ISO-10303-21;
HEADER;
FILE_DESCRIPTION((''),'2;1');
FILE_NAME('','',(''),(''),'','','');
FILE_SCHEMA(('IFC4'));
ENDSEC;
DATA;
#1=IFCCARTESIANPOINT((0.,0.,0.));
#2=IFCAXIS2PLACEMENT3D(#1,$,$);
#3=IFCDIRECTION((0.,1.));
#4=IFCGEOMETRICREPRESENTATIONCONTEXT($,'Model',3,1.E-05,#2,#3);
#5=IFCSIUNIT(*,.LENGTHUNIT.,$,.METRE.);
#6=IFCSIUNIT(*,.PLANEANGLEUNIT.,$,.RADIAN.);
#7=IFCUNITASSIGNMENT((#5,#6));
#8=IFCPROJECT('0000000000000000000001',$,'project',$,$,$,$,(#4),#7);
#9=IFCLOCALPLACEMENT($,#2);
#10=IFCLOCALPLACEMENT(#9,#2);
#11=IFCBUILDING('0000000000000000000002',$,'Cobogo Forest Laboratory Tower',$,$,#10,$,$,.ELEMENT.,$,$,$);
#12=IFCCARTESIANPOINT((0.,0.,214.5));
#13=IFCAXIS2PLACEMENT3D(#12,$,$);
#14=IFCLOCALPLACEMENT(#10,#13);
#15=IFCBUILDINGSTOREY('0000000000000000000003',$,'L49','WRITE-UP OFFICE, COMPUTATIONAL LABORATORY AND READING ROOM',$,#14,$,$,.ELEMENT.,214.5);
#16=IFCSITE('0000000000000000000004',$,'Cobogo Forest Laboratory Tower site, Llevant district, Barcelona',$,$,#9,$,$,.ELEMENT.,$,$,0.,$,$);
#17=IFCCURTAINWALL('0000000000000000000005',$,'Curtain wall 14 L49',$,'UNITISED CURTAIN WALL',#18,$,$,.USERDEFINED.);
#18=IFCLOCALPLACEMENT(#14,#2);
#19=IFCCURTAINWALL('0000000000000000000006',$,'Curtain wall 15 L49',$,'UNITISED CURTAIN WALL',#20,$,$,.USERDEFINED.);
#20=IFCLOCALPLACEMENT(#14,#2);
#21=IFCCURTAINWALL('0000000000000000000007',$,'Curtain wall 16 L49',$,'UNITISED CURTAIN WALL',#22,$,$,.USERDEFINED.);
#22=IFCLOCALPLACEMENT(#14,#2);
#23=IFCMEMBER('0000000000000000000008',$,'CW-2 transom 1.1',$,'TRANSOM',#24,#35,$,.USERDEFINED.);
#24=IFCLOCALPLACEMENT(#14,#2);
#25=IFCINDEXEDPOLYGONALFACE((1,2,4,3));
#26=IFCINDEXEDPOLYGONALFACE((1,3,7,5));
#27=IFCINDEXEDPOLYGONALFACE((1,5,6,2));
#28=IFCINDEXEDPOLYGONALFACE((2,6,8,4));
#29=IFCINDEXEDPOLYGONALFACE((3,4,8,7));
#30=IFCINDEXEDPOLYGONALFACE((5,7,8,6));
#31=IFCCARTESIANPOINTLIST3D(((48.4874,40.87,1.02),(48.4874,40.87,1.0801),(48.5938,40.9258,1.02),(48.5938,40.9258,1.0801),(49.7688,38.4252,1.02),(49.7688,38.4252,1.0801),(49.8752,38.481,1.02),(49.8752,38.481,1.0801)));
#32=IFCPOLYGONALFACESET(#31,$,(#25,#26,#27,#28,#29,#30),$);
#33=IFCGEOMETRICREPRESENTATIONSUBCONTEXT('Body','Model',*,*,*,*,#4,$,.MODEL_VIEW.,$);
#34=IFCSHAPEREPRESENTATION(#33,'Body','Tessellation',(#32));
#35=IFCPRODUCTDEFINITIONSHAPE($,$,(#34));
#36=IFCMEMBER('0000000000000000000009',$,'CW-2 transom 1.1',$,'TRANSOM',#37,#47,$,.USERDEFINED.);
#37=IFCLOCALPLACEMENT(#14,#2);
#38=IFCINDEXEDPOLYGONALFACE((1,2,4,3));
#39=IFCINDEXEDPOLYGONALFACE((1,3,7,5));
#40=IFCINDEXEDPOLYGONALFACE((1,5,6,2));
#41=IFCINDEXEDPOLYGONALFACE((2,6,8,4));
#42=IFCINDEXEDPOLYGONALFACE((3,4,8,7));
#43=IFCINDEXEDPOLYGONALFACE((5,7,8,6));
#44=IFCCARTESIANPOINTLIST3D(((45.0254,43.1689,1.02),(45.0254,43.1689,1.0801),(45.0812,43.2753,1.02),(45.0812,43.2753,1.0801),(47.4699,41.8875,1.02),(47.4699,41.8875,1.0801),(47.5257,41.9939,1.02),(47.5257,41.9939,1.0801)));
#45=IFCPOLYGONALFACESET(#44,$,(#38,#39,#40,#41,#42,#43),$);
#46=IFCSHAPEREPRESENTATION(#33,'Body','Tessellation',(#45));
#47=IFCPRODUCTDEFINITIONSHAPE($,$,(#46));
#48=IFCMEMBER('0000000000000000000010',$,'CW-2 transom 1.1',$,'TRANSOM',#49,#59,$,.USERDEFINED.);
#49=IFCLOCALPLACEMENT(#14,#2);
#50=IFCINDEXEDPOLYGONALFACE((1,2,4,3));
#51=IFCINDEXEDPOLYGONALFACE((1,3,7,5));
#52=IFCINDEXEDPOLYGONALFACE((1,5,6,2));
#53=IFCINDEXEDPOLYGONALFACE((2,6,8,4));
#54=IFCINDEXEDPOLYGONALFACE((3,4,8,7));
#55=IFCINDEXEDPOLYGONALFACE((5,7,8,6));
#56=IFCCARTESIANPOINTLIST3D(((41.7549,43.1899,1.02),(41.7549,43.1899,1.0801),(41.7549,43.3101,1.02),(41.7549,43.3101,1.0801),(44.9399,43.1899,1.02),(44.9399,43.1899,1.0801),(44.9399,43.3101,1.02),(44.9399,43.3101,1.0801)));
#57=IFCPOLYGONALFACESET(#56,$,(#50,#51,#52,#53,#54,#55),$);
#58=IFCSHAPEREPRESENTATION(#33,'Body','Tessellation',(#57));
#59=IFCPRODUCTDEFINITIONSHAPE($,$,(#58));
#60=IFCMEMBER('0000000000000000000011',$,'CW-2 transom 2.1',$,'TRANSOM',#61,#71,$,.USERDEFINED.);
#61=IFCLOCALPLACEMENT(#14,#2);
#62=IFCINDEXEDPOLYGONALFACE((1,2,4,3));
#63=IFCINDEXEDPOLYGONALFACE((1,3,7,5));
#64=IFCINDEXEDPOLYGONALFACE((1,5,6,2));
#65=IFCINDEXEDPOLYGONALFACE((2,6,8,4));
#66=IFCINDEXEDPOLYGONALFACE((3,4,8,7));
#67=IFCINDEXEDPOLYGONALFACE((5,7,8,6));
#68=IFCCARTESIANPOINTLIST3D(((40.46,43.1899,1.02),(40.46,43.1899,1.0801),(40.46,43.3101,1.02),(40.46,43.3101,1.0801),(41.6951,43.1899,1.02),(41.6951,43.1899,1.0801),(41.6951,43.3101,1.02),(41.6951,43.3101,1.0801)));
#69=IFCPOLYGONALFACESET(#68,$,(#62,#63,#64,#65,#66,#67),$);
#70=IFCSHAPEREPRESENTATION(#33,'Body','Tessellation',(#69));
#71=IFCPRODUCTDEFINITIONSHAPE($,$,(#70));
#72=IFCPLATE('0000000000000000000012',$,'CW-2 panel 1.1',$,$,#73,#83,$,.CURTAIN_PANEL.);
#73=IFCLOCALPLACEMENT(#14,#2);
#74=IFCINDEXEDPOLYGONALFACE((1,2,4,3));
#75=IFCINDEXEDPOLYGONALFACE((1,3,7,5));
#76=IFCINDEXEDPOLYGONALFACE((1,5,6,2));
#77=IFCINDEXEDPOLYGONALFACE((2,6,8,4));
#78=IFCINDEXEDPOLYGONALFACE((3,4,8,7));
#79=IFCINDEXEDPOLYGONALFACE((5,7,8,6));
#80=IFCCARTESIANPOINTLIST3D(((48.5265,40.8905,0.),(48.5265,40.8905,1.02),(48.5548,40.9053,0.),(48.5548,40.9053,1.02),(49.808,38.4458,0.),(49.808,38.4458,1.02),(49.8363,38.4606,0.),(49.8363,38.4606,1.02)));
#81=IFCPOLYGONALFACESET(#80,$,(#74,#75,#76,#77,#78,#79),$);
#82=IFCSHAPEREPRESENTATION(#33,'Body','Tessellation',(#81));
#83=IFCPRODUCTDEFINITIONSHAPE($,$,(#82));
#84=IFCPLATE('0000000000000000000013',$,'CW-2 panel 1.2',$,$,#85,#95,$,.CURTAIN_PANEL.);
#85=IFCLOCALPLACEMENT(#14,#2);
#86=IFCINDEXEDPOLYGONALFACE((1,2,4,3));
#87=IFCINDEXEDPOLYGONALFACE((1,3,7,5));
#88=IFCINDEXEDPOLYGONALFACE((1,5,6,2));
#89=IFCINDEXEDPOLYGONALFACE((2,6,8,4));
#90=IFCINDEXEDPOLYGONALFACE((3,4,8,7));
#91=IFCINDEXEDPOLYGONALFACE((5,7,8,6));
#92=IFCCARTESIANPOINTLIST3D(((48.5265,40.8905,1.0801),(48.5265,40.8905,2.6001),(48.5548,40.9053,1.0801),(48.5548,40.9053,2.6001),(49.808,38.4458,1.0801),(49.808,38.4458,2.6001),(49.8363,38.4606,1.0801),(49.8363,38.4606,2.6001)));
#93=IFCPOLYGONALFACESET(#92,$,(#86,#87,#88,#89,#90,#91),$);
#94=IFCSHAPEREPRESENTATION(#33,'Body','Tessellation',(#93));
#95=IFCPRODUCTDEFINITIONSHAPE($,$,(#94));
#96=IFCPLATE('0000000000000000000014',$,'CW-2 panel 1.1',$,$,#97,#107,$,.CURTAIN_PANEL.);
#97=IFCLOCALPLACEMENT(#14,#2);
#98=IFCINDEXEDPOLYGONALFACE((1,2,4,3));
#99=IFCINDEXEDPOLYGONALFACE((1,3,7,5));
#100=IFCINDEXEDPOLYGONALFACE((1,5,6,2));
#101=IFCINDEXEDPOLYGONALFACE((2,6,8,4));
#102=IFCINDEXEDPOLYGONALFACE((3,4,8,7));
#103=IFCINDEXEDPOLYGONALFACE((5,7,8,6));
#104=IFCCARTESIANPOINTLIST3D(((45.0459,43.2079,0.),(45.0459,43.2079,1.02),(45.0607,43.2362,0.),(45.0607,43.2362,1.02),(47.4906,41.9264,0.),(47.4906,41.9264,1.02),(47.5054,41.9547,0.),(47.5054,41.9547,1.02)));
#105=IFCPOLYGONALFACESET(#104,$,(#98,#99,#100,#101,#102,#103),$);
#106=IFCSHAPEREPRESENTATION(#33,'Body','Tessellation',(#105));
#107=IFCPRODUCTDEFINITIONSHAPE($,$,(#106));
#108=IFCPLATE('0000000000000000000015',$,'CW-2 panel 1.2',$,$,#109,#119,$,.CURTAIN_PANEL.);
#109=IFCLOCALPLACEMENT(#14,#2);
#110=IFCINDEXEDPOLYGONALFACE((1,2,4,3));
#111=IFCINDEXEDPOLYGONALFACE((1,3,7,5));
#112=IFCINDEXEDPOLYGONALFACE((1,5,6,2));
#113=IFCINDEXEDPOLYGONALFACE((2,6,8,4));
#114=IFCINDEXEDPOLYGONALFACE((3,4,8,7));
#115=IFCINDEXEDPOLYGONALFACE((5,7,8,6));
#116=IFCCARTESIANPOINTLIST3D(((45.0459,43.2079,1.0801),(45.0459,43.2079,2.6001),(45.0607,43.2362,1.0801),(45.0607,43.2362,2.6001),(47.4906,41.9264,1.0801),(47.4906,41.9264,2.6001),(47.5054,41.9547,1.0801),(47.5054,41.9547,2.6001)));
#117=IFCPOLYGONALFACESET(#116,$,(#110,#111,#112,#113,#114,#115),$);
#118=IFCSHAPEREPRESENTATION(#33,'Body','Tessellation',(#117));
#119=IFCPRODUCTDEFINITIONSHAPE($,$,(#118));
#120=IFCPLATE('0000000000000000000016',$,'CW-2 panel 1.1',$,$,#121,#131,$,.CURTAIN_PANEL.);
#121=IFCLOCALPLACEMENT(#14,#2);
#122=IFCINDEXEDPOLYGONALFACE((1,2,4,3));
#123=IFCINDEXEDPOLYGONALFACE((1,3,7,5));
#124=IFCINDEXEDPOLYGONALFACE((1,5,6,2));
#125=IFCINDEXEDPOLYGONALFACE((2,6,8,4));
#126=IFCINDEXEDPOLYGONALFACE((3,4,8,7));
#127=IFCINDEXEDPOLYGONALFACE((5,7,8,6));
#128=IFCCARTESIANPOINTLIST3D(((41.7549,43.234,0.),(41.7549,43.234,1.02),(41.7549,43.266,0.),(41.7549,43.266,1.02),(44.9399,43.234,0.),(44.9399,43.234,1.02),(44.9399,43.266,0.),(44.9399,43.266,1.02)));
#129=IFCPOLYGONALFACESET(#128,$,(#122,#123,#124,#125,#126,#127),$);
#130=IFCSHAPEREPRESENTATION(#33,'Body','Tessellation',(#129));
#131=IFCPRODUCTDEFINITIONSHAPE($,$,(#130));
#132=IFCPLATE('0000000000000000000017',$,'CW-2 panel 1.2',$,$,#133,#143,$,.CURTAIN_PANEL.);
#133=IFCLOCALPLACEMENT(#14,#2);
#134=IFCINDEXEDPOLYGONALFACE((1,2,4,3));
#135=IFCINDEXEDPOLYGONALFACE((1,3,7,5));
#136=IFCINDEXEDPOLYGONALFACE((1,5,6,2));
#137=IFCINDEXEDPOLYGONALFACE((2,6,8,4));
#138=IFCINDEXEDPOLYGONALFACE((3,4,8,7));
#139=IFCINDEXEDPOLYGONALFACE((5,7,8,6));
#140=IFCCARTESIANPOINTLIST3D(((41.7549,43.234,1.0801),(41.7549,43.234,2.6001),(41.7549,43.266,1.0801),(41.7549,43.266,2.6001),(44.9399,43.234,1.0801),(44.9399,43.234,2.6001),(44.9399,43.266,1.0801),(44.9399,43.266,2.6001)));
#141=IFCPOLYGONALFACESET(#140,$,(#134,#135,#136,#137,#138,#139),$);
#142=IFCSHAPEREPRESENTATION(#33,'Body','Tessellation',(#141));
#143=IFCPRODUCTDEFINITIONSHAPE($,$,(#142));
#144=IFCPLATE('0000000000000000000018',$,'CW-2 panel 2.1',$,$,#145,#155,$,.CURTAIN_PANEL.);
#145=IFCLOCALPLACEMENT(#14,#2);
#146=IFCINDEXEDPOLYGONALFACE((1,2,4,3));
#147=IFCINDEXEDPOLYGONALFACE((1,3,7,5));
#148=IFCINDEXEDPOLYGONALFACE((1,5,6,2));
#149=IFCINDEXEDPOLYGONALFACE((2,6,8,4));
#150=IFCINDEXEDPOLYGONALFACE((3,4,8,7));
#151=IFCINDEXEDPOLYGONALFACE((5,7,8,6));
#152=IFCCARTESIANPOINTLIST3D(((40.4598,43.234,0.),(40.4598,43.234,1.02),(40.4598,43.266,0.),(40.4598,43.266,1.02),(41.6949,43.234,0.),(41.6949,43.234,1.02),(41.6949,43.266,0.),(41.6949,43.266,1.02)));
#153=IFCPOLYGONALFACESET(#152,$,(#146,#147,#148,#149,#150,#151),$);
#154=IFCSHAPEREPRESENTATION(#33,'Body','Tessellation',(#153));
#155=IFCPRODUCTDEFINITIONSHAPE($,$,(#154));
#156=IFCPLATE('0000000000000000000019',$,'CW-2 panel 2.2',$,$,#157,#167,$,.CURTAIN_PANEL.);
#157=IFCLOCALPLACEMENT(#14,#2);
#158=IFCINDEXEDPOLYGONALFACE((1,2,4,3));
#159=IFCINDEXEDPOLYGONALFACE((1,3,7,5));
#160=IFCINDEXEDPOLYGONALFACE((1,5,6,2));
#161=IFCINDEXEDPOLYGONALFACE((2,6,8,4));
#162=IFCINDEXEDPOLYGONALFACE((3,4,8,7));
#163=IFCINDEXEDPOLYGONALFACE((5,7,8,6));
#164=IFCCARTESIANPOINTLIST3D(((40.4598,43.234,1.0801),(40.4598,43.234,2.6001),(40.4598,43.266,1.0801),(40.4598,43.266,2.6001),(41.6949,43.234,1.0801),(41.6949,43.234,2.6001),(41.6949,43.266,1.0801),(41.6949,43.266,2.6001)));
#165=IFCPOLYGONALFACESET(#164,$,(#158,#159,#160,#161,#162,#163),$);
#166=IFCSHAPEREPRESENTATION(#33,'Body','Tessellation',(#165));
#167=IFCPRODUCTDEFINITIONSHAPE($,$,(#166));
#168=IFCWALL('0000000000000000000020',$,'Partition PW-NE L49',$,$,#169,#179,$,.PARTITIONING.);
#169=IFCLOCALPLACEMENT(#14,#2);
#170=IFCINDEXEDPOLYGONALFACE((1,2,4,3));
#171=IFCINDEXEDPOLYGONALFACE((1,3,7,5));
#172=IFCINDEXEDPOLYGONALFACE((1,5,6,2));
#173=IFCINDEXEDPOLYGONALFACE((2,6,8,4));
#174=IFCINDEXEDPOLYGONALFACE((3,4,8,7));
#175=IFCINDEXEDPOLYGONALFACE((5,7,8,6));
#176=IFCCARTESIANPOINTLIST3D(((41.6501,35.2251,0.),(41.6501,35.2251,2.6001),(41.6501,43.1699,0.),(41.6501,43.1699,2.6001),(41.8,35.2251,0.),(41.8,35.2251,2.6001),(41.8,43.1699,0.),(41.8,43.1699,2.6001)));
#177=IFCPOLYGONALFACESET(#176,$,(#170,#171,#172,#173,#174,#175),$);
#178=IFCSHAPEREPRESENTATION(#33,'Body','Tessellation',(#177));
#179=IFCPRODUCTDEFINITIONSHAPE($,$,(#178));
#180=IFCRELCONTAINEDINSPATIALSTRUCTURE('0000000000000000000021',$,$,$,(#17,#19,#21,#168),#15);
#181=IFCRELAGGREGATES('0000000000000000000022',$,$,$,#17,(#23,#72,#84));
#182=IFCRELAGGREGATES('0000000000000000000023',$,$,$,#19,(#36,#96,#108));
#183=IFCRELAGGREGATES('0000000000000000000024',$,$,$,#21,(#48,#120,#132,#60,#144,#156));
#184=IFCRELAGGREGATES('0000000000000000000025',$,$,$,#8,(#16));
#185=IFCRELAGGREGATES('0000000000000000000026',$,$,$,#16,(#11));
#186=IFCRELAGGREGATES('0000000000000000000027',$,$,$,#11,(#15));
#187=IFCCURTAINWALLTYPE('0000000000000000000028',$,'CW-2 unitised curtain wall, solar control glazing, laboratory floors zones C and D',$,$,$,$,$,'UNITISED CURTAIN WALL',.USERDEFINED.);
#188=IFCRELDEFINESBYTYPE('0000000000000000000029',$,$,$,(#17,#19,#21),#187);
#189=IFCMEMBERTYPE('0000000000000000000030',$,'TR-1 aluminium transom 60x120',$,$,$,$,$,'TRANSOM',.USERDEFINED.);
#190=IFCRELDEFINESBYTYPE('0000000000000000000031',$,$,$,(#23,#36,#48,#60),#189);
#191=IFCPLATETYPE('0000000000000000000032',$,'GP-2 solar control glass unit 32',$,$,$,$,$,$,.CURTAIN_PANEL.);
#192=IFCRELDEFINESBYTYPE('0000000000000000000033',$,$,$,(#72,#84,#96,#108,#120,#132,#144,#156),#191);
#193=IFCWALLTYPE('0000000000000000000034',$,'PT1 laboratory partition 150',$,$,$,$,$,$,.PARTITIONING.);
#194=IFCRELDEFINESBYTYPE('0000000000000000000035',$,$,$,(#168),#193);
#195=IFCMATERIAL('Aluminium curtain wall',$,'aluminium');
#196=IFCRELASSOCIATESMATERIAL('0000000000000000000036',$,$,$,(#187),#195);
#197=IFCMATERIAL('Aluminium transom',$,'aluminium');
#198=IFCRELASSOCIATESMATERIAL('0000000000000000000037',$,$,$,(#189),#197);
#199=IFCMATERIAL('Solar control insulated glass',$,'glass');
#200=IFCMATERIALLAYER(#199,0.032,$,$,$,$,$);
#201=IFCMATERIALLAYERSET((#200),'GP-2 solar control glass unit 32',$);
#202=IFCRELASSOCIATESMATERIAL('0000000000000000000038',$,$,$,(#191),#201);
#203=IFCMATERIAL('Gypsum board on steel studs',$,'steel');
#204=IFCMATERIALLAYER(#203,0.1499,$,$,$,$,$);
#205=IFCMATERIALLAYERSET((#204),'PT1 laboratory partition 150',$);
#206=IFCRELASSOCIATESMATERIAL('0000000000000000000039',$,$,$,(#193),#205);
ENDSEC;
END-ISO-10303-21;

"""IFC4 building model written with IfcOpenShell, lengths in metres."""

from ifc_helpers import new_model, si_unit, direction, frame, frame_2d, origin, origin_2d, place, context, subcontext, project, spatial, rectangle, extrude, material, layer, layer_set, material_profile, profile_set, type_object, element, aggregate, save


model = new_model("IFC4")

# Units and contexts
model_context = context("Model", 3, precision=1e-05, world=origin(), true_north=direction((0.0, 1.0)))
body_context = subcontext(model_context, "Body", "Model", "MODEL_VIEW")
ifc_project = project(units=[si_unit("LENGTHUNIT", "METRE"), si_unit("PLANEANGLEUNIT", "RADIAN")], contexts=[model_context])

# Site, building, storey
site_placement = place(None, origin())
site = spatial("IfcSite", under=ifc_project, at=site_placement, Name="Cobogo Forest Laboratory Tower site, Llevant district, Barcelona", CompositionType="ELEMENT", RefElevation=0.0)
building_placement = place(site_placement, origin())
building = spatial("IfcBuilding", under=site, at=building_placement, Name="Cobogo Forest Laboratory Tower", CompositionType="ELEMENT")
storey_placement = place(building_placement, frame((0.0, 0.0, 214.5)))
storey = spatial("IfcBuildingStorey", under=building, at=storey_placement, Name="L49", Description="WRITE-UP OFFICE, COMPUTATIONAL LABORATORY AND READING ROOM", CompositionType="ELEMENT", Elevation=214.5)

# Curtain walls
ifc_material_1 = material(Name="Aluminium curtain wall", Category="aluminium")
curtain_wall_type = type_object("IfcCurtainWallType", Name="CW-2 unitised curtain wall, solar control glazing, laboratory floors zones C and D", ElementType="UNITISED CURTAIN WALL", PredefinedType="USERDEFINED", material=ifc_material_1)
curtain_wall_1_placement = place(storey_placement, origin())
curtain_wall_1 = element("IfcCurtainWall", 1, at=curtain_wall_1_placement, inside=storey, type_object=curtain_wall_type, Name="Curtain wall 14 L49", ObjectType="UNITISED CURTAIN WALL", PredefinedType="USERDEFINED")
curtain_wall_2_placement = place(storey_placement, origin())
curtain_wall_2 = element("IfcCurtainWall", 2, at=curtain_wall_2_placement, inside=storey, type_object=curtain_wall_type, Name="Curtain wall 15 L49", ObjectType="UNITISED CURTAIN WALL", PredefinedType="USERDEFINED")
curtain_wall_3_placement = place(storey_placement, origin())
curtain_wall_3 = element("IfcCurtainWall", 3, at=curtain_wall_3_placement, inside=storey, type_object=curtain_wall_type, Name="Curtain wall 16 L49", ObjectType="UNITISED CURTAIN WALL", PredefinedType="USERDEFINED")

# Members
ifc_material_2 = material(Name="Aluminium transom", Category="aluminium")
ifc_material_profile_1 = material_profile(ifc_material_2, rectangle(XDim=0.1201, YDim=0.0601, at=origin_2d()), Name="AL 60x120")
ifc_profile_set_1 = profile_set([ifc_material_profile_1], Name="Aluminium transom")
member_type_1 = type_object("IfcMemberType", Name="TR-1 aluminium transom 60x120", ElementType="TRANSOM", PredefinedType="USERDEFINED", material=ifc_profile_set_1)
member_1_placement = place(storey_placement, frame((49.822, 38.4531, 1.05), z_axis=(-0.464255, 0.885702, 0.0), x_axis=(-0.885702, -0.464255, 0.0)))
member_1 = element("IfcMember", 4, at=member_1_placement, type_object=member_type_1, Name="CW-2 transom 1.1", ObjectType="TRANSOM", PredefinedType="USERDEFINED", context=body_context, shape_type="SweptSolid", body=[
    extrude(rectangle(XDim=0.1201, YDim=0.0601, at=origin_2d()), origin(), (0.0, 0.0, 1.0), 2.7603),
])
member_2_placement = place(storey_placement, frame((47.4978, 41.9407, 1.05), z_axis=(-0.885683, 0.464291, 0.0), x_axis=(-0.464291, -0.885683, 0.0)))
member_2 = element("IfcMember", 5, at=member_2_placement, type_object=member_type_1, Name="CW-2 transom 1.1", ObjectType="TRANSOM", PredefinedType="USERDEFINED", context=body_context, shape_type="SweptSolid", body=[
    extrude(rectangle(XDim=0.1201, YDim=0.0601, at=origin_2d()), origin(), (0.0, 0.0, 1.0), 2.76),
])
member_3_placement = place(storey_placement, frame((44.9399, 43.25, 1.05), z_axis=(-1.0, 0.0, 0.0), x_axis=(0.0, -1.0, 0.0)))
member_3 = element("IfcMember", 6, at=member_3_placement, type_object=member_type_1, Name="CW-2 transom 1.1", ObjectType="TRANSOM", PredefinedType="USERDEFINED", context=body_context, shape_type="SweptSolid", body=[
    extrude(rectangle(XDim=0.1201, YDim=0.0601, at=origin_2d()), origin(), (0.0, 0.0, 1.0), 3.1851),
])
member_4_placement = place(storey_placement, frame((41.6951, 43.25, 1.05), z_axis=(-1.0, 0.0, 0.0), x_axis=(0.0, -1.0, 0.0)))
member_4 = element("IfcMember", 7, at=member_4_placement, type_object=member_type_1, Name="CW-2 transom 2.1", ObjectType="TRANSOM", PredefinedType="USERDEFINED", context=body_context, shape_type="SweptSolid", body=[
    extrude(rectangle(XDim=0.1201, YDim=0.0601, at=origin_2d()), origin(), (0.0, 0.0, 1.0), 1.2351),
])

# Plates
ifc_material_3 = material(Name="Solar control insulated glass", Category="glass")
ifc_layer_1 = layer(ifc_material_3, 0.032)
ifc_layer_set_1 = layer_set([ifc_layer_1], Name="GP-2 solar control glass unit 32")
plate_type = type_object("IfcPlateType", Name="GP-2 solar control glass unit 32", PredefinedType="CURTAIN_PANEL", material=ifc_layer_set_1)
plate_1_placement = place(storey_placement, frame((49.1814, 39.6755, 0.0), z_axis=(0.0, 0.0, 1.0), x_axis=(-0.464284, 0.885686, 0.0)))
plate_1 = element("IfcPlate", 8, at=plate_1_placement, type_object=plate_type, Name="CW-2 panel 1.1", PredefinedType="CURTAIN_PANEL", context=body_context, shape_type="SweptSolid", body=[
    extrude(rectangle(XDim=2.7603, YDim=0.032, at=origin_2d()), origin(), (0.0, 0.0, 1.0), 1.02),
])
plate_2_placement = place(storey_placement, frame((49.1814, 39.6755, 1.0801), z_axis=(0.0, 0.0, 1.0), x_axis=(-0.464284, 0.885686, 0.0)))
plate_2 = element("IfcPlate", 9, at=plate_2_placement, type_object=plate_type, Name="CW-2 panel 1.2", PredefinedType="CURTAIN_PANEL", context=body_context, shape_type="SweptSolid", body=[
    extrude(rectangle(XDim=2.7603, YDim=0.032, at=origin_2d()), origin(), (0.0, 0.0, 1.0), 1.52),
])
aggregate(curtain_wall_1, [member_1, plate_1, plate_2])
plate_3_placement = place(storey_placement, frame((46.2756, 42.5813, 0.0), z_axis=(0.0, 0.0, 1.0), x_axis=(-0.885686, 0.464284, 0.0)))
plate_3 = element("IfcPlate", 10, at=plate_3_placement, type_object=plate_type, Name="CW-2 panel 1.1", PredefinedType="CURTAIN_PANEL", context=body_context, shape_type="SweptSolid", body=[
    extrude(rectangle(XDim=2.7603, YDim=0.032, at=origin_2d()), origin(), (0.0, 0.0, 1.0), 1.02),
])
plate_4_placement = place(storey_placement, frame((46.2756, 42.5813, 1.0801), z_axis=(0.0, 0.0, 1.0), x_axis=(-0.885686, 0.464284, 0.0)))
plate_4 = element("IfcPlate", 11, at=plate_4_placement, type_object=plate_type, Name="CW-2 panel 1.2", PredefinedType="CURTAIN_PANEL", context=body_context, shape_type="SweptSolid", body=[
    extrude(rectangle(XDim=2.7603, YDim=0.032, at=origin_2d()), origin(), (0.0, 0.0, 1.0), 1.52),
])
aggregate(curtain_wall_2, [member_2, plate_3, plate_4])
plate_5_placement = place(storey_placement, frame((43.3474, 43.25, 0.0), z_axis=(0.0, 0.0, 1.0), x_axis=(-1.0, 0.0, 0.0)))
plate_5 = element("IfcPlate", 12, at=plate_5_placement, type_object=plate_type, Name="CW-2 panel 1.1", PredefinedType="CURTAIN_PANEL", context=body_context, shape_type="SweptSolid", body=[
    extrude(rectangle(XDim=3.1851, YDim=0.032, at=origin_2d()), origin(), (0.0, 0.0, 1.0), 1.02),
])
plate_6_placement = place(storey_placement, frame((43.3474, 43.25, 1.0801), z_axis=(0.0, 0.0, 1.0), x_axis=(-1.0, 0.0, 0.0)))
plate_6 = element("IfcPlate", 13, at=plate_6_placement, type_object=plate_type, Name="CW-2 panel 1.2", PredefinedType="CURTAIN_PANEL", context=body_context, shape_type="SweptSolid", body=[
    extrude(rectangle(XDim=3.1851, YDim=0.032, at=origin_2d()), origin(), (0.0, 0.0, 1.0), 1.52),
])
plate_7_placement = place(storey_placement, frame((41.0774, 43.25, 0.0), z_axis=(0.0, 0.0, 1.0), x_axis=(-1.0, 0.0, 0.0)))
plate_7 = element("IfcPlate", 14, at=plate_7_placement, type_object=plate_type, Name="CW-2 panel 2.1", PredefinedType="CURTAIN_PANEL", context=body_context, shape_type="SweptSolid", body=[
    extrude(rectangle(XDim=1.2351, YDim=0.032, at=origin_2d()), origin(), (0.0, 0.0, 1.0), 1.02),
])
plate_8_placement = place(storey_placement, frame((41.0774, 43.25, 1.0801), z_axis=(0.0, 0.0, 1.0), x_axis=(-1.0, 0.0, 0.0)))
plate_8 = element("IfcPlate", 15, at=plate_8_placement, type_object=plate_type, Name="CW-2 panel 2.2", PredefinedType="CURTAIN_PANEL", context=body_context, shape_type="SweptSolid", body=[
    extrude(rectangle(XDim=1.2351, YDim=0.032, at=origin_2d()), origin(), (0.0, 0.0, 1.0), 1.52),
])
aggregate(curtain_wall_3, [member_3, plate_5, plate_6, member_4, plate_7, plate_8])

# Wall
ifc_material_4 = material(Name="Gypsum board on steel studs", Category="steel")
ifc_layer_2 = layer(ifc_material_4, 0.1499)
ifc_layer_set_2 = layer_set([ifc_layer_2], Name="PT1 laboratory partition 150")
wall_type = type_object("IfcWallType", Name="PT1 laboratory partition 150", PredefinedType="PARTITIONING", material=ifc_layer_set_2)
wall_placement = place(storey_placement, frame((41.7251, 43.1699, 0.0), z_axis=(0.0, 0.0, 1.0), x_axis=(0.0, -1.0, 0.0)))
element("IfcWall", 16, at=wall_placement, inside=storey, type_object=wall_type, Name="Partition PW-NE L49", PredefinedType="PARTITIONING", context=body_context, shape_type="SweptSolid", body=[
    extrude(rectangle(XDim=7.9448, YDim=0.1499, at=frame_2d((3.9724, 0.0))), origin(), (0.0, 0.0, 1.0), 2.6001),
])

save(model, "model.ifc")
